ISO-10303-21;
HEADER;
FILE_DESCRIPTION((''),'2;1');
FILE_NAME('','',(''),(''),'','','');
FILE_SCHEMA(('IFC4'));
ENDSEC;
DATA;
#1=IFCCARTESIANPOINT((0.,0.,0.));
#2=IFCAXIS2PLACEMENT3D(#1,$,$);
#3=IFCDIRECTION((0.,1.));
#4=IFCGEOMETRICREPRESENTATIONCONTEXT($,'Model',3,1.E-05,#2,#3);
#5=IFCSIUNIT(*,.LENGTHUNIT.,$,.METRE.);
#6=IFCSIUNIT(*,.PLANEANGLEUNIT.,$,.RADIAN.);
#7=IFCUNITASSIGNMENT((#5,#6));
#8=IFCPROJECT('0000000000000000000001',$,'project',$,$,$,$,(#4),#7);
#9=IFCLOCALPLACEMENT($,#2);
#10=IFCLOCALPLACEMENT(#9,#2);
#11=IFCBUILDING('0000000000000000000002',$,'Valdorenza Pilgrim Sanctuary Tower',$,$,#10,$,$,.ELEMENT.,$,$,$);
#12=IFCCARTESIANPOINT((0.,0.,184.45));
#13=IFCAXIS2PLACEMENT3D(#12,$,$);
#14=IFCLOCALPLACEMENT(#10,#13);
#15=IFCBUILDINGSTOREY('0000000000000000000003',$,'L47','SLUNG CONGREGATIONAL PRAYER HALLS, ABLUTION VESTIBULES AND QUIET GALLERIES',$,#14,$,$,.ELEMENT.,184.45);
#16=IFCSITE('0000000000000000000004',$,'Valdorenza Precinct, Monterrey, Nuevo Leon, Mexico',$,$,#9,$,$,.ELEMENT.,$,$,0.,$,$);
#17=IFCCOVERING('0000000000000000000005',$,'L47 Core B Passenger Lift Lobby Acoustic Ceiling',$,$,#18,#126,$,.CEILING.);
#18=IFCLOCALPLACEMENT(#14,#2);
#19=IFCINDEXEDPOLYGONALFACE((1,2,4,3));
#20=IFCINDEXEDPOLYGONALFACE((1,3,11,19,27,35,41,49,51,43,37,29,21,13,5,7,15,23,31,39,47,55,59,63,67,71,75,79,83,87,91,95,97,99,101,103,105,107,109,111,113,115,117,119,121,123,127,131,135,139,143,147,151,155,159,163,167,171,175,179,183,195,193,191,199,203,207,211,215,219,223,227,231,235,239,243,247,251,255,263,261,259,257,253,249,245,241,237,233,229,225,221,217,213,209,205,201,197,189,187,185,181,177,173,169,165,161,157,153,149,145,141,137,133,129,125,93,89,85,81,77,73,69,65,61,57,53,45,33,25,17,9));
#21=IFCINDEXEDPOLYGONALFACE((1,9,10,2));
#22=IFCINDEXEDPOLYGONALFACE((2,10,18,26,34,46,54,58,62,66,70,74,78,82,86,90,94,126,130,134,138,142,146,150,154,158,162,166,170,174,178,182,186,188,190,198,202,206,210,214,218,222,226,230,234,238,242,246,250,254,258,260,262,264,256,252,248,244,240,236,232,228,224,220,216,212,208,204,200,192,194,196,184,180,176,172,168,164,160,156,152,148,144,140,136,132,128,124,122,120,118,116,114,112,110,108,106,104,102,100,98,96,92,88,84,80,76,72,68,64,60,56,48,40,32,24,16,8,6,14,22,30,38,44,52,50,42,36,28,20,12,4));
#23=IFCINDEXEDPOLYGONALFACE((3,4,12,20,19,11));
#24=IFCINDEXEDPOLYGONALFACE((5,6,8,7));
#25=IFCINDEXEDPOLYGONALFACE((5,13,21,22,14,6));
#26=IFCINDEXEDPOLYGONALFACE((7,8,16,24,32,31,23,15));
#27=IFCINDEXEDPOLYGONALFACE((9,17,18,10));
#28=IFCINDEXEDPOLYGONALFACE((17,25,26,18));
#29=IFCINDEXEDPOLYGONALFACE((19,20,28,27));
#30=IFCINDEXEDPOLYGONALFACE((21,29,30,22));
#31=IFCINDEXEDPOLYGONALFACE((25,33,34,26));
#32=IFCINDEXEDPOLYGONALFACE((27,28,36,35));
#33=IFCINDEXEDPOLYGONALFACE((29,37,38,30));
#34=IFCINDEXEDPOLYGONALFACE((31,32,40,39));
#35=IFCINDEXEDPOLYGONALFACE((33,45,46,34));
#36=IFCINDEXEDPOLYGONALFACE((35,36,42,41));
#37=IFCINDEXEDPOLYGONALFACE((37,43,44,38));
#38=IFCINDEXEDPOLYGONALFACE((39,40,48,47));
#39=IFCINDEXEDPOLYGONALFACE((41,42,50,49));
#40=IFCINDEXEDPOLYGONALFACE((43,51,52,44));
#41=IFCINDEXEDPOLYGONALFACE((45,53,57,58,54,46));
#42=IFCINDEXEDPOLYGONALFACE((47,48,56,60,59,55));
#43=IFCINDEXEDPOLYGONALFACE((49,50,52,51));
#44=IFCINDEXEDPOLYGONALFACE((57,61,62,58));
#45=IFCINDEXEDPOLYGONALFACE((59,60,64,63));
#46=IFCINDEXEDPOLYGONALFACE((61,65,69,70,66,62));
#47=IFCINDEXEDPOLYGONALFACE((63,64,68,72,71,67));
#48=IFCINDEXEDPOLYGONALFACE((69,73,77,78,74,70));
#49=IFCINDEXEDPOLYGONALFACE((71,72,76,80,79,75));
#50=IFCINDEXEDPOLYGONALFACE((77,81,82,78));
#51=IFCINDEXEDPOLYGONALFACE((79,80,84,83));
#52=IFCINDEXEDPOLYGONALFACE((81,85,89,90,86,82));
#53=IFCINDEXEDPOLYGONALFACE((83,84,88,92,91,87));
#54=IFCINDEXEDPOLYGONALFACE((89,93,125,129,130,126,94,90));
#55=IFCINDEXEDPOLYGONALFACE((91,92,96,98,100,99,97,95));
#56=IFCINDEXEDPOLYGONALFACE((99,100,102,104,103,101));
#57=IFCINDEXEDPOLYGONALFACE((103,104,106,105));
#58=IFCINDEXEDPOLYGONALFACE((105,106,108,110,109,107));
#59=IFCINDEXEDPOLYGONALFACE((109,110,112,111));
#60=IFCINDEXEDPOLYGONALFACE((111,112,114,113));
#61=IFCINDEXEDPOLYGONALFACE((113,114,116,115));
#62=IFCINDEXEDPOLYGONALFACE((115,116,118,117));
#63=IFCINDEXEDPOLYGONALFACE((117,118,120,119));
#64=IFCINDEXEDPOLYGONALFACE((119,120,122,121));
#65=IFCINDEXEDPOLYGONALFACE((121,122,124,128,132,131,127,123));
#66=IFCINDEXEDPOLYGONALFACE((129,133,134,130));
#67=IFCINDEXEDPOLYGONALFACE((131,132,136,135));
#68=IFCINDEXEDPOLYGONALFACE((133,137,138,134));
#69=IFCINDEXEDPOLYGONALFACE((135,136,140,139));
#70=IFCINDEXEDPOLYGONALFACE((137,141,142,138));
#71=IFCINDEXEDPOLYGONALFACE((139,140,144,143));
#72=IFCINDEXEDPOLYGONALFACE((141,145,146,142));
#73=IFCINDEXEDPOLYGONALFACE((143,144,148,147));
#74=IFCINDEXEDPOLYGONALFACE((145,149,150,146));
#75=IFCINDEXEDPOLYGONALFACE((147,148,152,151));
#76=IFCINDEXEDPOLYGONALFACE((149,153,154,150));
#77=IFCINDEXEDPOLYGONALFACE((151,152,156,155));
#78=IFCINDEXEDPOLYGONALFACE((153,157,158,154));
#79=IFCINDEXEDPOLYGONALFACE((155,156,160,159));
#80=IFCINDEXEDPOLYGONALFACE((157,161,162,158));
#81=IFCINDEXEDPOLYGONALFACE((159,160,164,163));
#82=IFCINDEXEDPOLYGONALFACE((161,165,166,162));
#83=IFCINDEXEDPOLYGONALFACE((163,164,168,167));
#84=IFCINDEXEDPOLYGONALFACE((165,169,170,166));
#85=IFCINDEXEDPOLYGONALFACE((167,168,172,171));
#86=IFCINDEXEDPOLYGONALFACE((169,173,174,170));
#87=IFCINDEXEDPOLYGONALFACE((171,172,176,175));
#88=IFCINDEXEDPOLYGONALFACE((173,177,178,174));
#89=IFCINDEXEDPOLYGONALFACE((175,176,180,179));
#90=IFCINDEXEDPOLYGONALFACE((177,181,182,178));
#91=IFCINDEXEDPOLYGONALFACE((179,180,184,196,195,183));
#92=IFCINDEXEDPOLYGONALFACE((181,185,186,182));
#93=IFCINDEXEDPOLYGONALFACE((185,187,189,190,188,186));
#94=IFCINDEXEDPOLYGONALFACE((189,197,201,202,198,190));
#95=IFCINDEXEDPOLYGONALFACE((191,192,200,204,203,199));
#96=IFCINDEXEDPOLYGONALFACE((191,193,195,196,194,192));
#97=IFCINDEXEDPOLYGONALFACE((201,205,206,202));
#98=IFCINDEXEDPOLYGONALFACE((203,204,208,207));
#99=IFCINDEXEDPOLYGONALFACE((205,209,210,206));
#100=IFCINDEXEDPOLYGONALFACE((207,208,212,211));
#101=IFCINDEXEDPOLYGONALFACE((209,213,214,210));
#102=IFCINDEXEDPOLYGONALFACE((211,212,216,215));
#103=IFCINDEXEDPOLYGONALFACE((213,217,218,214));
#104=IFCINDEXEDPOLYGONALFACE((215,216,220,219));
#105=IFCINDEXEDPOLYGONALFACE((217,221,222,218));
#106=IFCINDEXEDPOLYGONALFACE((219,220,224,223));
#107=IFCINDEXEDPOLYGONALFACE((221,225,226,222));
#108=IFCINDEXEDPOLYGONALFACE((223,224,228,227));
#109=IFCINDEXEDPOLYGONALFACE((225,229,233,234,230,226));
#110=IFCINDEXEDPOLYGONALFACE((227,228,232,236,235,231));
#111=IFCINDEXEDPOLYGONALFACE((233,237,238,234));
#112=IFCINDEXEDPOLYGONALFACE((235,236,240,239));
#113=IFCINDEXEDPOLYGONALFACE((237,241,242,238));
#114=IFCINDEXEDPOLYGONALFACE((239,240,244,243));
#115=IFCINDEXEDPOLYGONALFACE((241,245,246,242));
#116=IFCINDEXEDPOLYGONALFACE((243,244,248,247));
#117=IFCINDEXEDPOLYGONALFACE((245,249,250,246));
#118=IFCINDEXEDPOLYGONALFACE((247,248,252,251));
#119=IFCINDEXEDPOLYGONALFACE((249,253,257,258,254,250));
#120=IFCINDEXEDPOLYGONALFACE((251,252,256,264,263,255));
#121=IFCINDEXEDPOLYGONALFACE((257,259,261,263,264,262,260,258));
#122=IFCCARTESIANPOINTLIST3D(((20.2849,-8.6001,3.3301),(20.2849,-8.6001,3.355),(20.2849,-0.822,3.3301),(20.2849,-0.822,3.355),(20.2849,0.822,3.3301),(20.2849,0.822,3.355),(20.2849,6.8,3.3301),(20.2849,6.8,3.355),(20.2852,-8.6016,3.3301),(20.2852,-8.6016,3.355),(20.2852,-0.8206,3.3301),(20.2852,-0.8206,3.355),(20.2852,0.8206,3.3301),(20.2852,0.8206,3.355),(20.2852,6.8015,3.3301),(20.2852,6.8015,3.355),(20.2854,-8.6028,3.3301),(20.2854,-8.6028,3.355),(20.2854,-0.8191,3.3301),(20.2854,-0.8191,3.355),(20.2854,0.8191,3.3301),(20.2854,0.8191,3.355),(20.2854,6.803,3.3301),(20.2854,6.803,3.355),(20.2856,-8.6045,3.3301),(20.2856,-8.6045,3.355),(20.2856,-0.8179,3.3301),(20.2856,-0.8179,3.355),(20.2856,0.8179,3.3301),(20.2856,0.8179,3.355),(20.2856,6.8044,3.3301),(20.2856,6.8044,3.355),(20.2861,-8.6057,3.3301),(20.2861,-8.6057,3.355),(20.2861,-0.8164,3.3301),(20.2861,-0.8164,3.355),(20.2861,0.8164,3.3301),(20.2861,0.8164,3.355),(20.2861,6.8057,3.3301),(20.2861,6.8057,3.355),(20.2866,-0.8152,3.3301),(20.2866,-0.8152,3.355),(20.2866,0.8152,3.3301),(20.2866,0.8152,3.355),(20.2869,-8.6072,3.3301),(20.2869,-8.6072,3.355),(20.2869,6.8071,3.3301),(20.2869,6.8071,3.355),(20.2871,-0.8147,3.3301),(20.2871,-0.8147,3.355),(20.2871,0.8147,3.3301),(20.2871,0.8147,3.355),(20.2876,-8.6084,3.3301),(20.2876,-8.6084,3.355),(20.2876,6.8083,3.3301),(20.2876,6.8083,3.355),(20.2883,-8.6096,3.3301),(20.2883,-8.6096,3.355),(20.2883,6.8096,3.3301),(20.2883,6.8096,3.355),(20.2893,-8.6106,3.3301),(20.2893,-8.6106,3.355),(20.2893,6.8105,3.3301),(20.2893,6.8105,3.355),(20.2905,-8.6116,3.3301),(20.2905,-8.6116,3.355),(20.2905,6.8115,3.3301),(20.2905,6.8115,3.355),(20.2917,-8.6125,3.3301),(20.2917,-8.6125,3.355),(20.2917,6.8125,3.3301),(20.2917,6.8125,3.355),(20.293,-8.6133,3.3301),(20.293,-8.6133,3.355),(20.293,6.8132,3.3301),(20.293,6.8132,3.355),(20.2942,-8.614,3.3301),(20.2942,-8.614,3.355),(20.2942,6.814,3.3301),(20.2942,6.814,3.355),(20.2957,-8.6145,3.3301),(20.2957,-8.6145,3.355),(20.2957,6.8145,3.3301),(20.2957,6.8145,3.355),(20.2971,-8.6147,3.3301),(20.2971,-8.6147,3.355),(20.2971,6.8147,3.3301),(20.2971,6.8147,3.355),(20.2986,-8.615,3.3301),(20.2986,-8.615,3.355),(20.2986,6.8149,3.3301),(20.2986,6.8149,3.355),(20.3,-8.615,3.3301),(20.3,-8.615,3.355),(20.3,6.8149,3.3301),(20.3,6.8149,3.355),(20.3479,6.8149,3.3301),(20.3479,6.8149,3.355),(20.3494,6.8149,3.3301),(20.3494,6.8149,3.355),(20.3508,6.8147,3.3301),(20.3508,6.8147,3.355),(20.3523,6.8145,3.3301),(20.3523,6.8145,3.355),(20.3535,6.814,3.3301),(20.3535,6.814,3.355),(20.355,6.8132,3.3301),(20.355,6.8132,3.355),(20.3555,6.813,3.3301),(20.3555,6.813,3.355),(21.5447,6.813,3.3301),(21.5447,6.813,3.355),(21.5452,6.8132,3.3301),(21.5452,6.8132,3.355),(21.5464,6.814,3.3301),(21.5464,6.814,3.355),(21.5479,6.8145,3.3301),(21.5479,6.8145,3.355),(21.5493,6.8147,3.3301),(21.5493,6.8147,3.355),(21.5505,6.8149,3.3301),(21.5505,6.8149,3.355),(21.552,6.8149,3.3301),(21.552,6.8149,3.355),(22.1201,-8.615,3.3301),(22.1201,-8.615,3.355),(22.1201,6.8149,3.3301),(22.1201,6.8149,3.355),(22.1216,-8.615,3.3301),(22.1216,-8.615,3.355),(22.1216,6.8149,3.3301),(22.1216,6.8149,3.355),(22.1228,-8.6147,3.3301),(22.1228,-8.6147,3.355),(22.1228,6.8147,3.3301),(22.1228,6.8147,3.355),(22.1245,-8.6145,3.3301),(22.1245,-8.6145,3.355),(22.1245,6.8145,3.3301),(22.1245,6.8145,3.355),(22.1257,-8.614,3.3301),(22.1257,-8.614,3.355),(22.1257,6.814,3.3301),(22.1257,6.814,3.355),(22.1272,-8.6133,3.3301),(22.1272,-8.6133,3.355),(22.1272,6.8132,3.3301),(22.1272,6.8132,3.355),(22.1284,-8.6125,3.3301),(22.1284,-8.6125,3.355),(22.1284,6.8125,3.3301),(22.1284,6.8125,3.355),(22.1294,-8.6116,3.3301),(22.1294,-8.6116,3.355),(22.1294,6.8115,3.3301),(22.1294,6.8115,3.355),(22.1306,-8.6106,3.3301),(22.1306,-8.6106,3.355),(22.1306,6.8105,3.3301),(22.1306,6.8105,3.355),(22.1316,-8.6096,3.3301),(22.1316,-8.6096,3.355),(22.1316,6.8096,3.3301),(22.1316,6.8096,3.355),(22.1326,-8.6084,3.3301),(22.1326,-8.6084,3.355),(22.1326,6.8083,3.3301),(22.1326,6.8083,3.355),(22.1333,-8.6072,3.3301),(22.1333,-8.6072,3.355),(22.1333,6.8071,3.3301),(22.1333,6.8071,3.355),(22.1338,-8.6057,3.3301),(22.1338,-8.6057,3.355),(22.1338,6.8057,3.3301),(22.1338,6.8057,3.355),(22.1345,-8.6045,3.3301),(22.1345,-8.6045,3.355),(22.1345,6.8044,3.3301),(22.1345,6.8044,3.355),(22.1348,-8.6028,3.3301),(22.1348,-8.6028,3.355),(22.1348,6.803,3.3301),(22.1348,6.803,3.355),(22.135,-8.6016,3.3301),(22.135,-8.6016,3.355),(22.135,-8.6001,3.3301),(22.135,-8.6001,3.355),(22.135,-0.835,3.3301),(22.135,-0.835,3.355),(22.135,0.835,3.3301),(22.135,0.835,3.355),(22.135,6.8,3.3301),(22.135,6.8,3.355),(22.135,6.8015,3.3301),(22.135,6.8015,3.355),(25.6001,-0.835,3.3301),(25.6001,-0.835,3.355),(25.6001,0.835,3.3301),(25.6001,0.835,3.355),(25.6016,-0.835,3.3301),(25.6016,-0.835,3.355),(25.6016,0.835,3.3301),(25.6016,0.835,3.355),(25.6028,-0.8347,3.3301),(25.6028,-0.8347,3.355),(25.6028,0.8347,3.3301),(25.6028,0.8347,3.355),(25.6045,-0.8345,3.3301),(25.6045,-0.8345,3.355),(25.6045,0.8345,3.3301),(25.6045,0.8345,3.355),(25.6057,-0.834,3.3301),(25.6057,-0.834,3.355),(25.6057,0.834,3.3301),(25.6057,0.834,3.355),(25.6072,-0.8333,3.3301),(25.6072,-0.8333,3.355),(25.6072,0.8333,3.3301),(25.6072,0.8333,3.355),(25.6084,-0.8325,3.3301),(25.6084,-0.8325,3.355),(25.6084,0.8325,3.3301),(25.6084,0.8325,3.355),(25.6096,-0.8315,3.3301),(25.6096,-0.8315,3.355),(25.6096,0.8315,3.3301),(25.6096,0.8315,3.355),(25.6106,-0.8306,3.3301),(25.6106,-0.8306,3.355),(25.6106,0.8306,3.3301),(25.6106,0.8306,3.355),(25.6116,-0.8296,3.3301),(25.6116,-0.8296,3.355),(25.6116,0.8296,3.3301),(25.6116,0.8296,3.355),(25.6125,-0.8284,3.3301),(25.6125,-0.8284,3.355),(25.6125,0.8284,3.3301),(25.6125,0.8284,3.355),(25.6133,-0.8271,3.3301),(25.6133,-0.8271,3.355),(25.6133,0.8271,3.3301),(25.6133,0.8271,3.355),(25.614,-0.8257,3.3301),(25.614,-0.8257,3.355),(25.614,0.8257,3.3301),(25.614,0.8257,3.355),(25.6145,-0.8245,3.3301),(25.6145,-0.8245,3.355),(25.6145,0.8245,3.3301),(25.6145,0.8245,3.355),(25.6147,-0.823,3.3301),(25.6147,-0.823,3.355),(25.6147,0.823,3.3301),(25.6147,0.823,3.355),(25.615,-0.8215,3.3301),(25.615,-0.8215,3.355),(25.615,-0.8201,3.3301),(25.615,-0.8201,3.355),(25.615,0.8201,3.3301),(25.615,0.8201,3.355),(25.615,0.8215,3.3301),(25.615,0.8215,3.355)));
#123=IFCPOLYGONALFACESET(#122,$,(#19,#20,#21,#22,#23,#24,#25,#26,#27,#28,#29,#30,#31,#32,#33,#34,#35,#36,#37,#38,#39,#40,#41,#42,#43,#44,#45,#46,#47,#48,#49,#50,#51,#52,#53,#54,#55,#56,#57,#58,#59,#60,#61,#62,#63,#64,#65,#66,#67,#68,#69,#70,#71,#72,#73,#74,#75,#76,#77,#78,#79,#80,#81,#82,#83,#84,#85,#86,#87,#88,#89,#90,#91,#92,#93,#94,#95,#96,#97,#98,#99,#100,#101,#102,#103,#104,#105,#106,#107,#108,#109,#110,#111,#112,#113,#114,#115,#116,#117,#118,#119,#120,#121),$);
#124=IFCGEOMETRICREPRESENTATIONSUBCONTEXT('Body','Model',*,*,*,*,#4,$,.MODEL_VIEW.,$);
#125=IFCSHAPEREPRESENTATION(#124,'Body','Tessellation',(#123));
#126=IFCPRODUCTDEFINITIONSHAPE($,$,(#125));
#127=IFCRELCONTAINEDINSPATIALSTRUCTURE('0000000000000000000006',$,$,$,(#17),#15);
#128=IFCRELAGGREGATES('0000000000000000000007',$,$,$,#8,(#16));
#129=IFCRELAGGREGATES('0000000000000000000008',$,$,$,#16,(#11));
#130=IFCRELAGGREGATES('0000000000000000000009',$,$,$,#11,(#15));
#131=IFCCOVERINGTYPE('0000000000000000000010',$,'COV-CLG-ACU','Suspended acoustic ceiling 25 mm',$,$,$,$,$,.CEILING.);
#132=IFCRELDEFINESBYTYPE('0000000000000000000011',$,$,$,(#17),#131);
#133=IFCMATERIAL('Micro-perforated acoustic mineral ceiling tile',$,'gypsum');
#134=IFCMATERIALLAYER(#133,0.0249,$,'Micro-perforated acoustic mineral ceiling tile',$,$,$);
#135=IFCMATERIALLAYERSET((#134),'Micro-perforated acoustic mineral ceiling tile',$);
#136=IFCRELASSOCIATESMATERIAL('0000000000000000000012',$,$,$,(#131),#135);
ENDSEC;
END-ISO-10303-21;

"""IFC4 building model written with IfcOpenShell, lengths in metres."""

from ifc_helpers import new_model, si_unit, direction, frame, origin, place, context, subcontext, project, spatial, polyline, outline, extrude, material, layer, layer_set, type_object, element, save


model = new_model("IFC4")

# Units and contexts
model_context = context("Model", 3, precision=1e-05, world=origin(), true_north=direction((0.0, 1.0)))
body_context = subcontext(model_context, "Body", "Model", "MODEL_VIEW")
ifc_project = project(units=[si_unit("LENGTHUNIT", "METRE"), si_unit("PLANEANGLEUNIT", "RADIAN")], contexts=[model_context])

# Site, building, storey
site_placement = place(None, origin())
site = spatial("IfcSite", under=ifc_project, at=site_placement, Name="Valdorenza Precinct, Monterrey, Nuevo Leon, Mexico", CompositionType="ELEMENT", RefElevation=0.0)
building_placement = place(site_placement, origin())
building = spatial("IfcBuilding", under=site, at=building_placement, Name="Valdorenza Pilgrim Sanctuary Tower", CompositionType="ELEMENT")
storey_placement = place(building_placement, frame((0.0, 0.0, 184.45)))
storey = spatial("IfcBuildingStorey", under=building, at=storey_placement, Name="L47", Description="SLUNG CONGREGATIONAL PRAYER HALLS, ABLUTION VESTIBULES AND QUIET GALLERIES", CompositionType="ELEMENT", Elevation=184.45)

# Covering
ifc_material_1 = material(Name="Micro-perforated acoustic mineral ceiling tile", Category="gypsum")
ifc_layer_1 = layer(ifc_material_1, 0.0249, Name="Micro-perforated acoustic mineral ceiling tile")
ifc_layer_set_1 = layer_set([ifc_layer_1], Name="Micro-perforated acoustic mineral ceiling tile")
covering_type_1 = type_object("IfcCoveringType", Name="COV-CLG-ACU", Description="Suspended acoustic ceiling 25 mm", PredefinedType="CEILING", material=ifc_layer_set_1)
covering_1_placement = place(storey_placement, frame((0.0, 0.0, 3.3301)))
element("IfcCovering", 1, at=covering_1_placement, inside=storey, type_object=covering_type_1, Name="L47 Core B Passenger Lift Lobby Acoustic Ceiling", PredefinedType="CEILING", context=body_context, shape_type="SweptSolid", body=[
    extrude(outline(polyline([(20.2871, -0.8147), (20.2871, 0.8147), (20.2866, 0.8152), (20.2861, 0.8164), (20.2856, 0.8179), (20.2854, 0.8191), (20.2852, 0.8206), (20.2849, 0.822), (20.2849, 6.8), (20.2852, 6.8015), (20.2854, 6.803), (20.2856, 6.8044), (20.2861, 6.8057), (20.2869, 6.8071), (20.2876, 6.8083), (20.2883, 6.8096), (20.2893, 6.8105), (20.2905, 6.8115), (20.2917, 6.8125), (20.293, 6.8132), (20.2942, 6.814), (20.2957, 6.8145), (20.2971, 6.8147), (20.2986, 6.8149), (20.3, 6.8149), (20.3479, 6.8149), (20.3494, 6.8149), (20.3508, 6.8147), (20.3523, 6.8145), (20.3535, 6.814), (20.355, 6.8132), (20.3555, 6.813), (21.5447, 6.813), (21.5452, 6.8132), (21.5464, 6.814), (21.5479, 6.8145), (21.5493, 6.8147), (21.5505, 6.8149), (21.552, 6.8149), (22.1201, 6.8149), (22.1216, 6.8149), (22.1228, 6.8147), (22.1245, 6.8145), (22.1257, 6.814), (22.1272, 6.8132), (22.1284, 6.8125), (22.1294, 6.8115), (22.1306, 6.8105), (22.1316, 6.8096), (22.1326, 6.8083), (22.1333, 6.8071), (22.1338, 6.8057), (22.1345, 6.8044), (22.1348, 6.803), (22.135, 6.8015), (22.135, 6.8), (22.135, 0.835), (25.6001, 0.835), (25.6016, 0.835), (25.6028, 0.8347), (25.6045, 0.8345), (25.6057, 0.834), (25.6072, 0.8333), (25.6084, 0.8325), (25.6096, 0.8315), (25.6106, 0.8306), (25.6116, 0.8296), (25.6125, 0.8284), (25.6133, 0.8271), (25.614, 0.8257), (25.6145, 0.8245), (25.6147, 0.823), (25.615, 0.8215), (25.615, 0.8201), (25.615, -0.8201), (25.615, -0.8215), (25.6147, -0.823), (25.6145, -0.8245), (25.614, -0.8257), (25.6133, -0.8271), (25.6125, -0.8284), (25.6116, -0.8296), (25.6106, -0.8306), (25.6096, -0.8315), (25.6084, -0.8325), (25.6072, -0.8333), (25.6057, -0.834), (25.6045, -0.8345), (25.6028, -0.8347), (25.6016, -0.835), (25.6001, -0.835), (22.135, -0.835), (22.135, -8.6001), (22.135, -8.6016), (22.1348, -8.6028), (22.1345, -8.6045), (22.1338, -8.6057), (22.1333, -8.6072), (22.1326, -8.6084), (22.1316, -8.6096), (22.1306, -8.6106), (22.1294, -8.6116), (22.1284, -8.6125), (22.1272, -8.6133), (22.1257, -8.614), (22.1245, -8.6145), (22.1228, -8.6147), (22.1216, -8.615), (22.1201, -8.615), (20.3, -8.615), (20.2986, -8.615), (20.2971, -8.6147), (20.2957, -8.6145), (20.2942, -8.614), (20.293, -8.6133), (20.2917, -8.6125), (20.2905, -8.6116), (20.2893, -8.6106), (20.2883, -8.6096), (20.2876, -8.6084), (20.2869, -8.6072), (20.2861, -8.6057), (20.2856, -8.6045), (20.2854, -8.6028), (20.2852, -8.6016), (20.2849, -8.6001), (20.2849, -0.822), (20.2852, -0.8206), (20.2854, -0.8191), (20.2856, -0.8179), (20.2861, -0.8164), (20.2866, -0.8152), (20.2871, -0.8147)])), origin(), (0.0, 0.0, 1.0), 0.0249),
])

save(model, "model.ifc")
